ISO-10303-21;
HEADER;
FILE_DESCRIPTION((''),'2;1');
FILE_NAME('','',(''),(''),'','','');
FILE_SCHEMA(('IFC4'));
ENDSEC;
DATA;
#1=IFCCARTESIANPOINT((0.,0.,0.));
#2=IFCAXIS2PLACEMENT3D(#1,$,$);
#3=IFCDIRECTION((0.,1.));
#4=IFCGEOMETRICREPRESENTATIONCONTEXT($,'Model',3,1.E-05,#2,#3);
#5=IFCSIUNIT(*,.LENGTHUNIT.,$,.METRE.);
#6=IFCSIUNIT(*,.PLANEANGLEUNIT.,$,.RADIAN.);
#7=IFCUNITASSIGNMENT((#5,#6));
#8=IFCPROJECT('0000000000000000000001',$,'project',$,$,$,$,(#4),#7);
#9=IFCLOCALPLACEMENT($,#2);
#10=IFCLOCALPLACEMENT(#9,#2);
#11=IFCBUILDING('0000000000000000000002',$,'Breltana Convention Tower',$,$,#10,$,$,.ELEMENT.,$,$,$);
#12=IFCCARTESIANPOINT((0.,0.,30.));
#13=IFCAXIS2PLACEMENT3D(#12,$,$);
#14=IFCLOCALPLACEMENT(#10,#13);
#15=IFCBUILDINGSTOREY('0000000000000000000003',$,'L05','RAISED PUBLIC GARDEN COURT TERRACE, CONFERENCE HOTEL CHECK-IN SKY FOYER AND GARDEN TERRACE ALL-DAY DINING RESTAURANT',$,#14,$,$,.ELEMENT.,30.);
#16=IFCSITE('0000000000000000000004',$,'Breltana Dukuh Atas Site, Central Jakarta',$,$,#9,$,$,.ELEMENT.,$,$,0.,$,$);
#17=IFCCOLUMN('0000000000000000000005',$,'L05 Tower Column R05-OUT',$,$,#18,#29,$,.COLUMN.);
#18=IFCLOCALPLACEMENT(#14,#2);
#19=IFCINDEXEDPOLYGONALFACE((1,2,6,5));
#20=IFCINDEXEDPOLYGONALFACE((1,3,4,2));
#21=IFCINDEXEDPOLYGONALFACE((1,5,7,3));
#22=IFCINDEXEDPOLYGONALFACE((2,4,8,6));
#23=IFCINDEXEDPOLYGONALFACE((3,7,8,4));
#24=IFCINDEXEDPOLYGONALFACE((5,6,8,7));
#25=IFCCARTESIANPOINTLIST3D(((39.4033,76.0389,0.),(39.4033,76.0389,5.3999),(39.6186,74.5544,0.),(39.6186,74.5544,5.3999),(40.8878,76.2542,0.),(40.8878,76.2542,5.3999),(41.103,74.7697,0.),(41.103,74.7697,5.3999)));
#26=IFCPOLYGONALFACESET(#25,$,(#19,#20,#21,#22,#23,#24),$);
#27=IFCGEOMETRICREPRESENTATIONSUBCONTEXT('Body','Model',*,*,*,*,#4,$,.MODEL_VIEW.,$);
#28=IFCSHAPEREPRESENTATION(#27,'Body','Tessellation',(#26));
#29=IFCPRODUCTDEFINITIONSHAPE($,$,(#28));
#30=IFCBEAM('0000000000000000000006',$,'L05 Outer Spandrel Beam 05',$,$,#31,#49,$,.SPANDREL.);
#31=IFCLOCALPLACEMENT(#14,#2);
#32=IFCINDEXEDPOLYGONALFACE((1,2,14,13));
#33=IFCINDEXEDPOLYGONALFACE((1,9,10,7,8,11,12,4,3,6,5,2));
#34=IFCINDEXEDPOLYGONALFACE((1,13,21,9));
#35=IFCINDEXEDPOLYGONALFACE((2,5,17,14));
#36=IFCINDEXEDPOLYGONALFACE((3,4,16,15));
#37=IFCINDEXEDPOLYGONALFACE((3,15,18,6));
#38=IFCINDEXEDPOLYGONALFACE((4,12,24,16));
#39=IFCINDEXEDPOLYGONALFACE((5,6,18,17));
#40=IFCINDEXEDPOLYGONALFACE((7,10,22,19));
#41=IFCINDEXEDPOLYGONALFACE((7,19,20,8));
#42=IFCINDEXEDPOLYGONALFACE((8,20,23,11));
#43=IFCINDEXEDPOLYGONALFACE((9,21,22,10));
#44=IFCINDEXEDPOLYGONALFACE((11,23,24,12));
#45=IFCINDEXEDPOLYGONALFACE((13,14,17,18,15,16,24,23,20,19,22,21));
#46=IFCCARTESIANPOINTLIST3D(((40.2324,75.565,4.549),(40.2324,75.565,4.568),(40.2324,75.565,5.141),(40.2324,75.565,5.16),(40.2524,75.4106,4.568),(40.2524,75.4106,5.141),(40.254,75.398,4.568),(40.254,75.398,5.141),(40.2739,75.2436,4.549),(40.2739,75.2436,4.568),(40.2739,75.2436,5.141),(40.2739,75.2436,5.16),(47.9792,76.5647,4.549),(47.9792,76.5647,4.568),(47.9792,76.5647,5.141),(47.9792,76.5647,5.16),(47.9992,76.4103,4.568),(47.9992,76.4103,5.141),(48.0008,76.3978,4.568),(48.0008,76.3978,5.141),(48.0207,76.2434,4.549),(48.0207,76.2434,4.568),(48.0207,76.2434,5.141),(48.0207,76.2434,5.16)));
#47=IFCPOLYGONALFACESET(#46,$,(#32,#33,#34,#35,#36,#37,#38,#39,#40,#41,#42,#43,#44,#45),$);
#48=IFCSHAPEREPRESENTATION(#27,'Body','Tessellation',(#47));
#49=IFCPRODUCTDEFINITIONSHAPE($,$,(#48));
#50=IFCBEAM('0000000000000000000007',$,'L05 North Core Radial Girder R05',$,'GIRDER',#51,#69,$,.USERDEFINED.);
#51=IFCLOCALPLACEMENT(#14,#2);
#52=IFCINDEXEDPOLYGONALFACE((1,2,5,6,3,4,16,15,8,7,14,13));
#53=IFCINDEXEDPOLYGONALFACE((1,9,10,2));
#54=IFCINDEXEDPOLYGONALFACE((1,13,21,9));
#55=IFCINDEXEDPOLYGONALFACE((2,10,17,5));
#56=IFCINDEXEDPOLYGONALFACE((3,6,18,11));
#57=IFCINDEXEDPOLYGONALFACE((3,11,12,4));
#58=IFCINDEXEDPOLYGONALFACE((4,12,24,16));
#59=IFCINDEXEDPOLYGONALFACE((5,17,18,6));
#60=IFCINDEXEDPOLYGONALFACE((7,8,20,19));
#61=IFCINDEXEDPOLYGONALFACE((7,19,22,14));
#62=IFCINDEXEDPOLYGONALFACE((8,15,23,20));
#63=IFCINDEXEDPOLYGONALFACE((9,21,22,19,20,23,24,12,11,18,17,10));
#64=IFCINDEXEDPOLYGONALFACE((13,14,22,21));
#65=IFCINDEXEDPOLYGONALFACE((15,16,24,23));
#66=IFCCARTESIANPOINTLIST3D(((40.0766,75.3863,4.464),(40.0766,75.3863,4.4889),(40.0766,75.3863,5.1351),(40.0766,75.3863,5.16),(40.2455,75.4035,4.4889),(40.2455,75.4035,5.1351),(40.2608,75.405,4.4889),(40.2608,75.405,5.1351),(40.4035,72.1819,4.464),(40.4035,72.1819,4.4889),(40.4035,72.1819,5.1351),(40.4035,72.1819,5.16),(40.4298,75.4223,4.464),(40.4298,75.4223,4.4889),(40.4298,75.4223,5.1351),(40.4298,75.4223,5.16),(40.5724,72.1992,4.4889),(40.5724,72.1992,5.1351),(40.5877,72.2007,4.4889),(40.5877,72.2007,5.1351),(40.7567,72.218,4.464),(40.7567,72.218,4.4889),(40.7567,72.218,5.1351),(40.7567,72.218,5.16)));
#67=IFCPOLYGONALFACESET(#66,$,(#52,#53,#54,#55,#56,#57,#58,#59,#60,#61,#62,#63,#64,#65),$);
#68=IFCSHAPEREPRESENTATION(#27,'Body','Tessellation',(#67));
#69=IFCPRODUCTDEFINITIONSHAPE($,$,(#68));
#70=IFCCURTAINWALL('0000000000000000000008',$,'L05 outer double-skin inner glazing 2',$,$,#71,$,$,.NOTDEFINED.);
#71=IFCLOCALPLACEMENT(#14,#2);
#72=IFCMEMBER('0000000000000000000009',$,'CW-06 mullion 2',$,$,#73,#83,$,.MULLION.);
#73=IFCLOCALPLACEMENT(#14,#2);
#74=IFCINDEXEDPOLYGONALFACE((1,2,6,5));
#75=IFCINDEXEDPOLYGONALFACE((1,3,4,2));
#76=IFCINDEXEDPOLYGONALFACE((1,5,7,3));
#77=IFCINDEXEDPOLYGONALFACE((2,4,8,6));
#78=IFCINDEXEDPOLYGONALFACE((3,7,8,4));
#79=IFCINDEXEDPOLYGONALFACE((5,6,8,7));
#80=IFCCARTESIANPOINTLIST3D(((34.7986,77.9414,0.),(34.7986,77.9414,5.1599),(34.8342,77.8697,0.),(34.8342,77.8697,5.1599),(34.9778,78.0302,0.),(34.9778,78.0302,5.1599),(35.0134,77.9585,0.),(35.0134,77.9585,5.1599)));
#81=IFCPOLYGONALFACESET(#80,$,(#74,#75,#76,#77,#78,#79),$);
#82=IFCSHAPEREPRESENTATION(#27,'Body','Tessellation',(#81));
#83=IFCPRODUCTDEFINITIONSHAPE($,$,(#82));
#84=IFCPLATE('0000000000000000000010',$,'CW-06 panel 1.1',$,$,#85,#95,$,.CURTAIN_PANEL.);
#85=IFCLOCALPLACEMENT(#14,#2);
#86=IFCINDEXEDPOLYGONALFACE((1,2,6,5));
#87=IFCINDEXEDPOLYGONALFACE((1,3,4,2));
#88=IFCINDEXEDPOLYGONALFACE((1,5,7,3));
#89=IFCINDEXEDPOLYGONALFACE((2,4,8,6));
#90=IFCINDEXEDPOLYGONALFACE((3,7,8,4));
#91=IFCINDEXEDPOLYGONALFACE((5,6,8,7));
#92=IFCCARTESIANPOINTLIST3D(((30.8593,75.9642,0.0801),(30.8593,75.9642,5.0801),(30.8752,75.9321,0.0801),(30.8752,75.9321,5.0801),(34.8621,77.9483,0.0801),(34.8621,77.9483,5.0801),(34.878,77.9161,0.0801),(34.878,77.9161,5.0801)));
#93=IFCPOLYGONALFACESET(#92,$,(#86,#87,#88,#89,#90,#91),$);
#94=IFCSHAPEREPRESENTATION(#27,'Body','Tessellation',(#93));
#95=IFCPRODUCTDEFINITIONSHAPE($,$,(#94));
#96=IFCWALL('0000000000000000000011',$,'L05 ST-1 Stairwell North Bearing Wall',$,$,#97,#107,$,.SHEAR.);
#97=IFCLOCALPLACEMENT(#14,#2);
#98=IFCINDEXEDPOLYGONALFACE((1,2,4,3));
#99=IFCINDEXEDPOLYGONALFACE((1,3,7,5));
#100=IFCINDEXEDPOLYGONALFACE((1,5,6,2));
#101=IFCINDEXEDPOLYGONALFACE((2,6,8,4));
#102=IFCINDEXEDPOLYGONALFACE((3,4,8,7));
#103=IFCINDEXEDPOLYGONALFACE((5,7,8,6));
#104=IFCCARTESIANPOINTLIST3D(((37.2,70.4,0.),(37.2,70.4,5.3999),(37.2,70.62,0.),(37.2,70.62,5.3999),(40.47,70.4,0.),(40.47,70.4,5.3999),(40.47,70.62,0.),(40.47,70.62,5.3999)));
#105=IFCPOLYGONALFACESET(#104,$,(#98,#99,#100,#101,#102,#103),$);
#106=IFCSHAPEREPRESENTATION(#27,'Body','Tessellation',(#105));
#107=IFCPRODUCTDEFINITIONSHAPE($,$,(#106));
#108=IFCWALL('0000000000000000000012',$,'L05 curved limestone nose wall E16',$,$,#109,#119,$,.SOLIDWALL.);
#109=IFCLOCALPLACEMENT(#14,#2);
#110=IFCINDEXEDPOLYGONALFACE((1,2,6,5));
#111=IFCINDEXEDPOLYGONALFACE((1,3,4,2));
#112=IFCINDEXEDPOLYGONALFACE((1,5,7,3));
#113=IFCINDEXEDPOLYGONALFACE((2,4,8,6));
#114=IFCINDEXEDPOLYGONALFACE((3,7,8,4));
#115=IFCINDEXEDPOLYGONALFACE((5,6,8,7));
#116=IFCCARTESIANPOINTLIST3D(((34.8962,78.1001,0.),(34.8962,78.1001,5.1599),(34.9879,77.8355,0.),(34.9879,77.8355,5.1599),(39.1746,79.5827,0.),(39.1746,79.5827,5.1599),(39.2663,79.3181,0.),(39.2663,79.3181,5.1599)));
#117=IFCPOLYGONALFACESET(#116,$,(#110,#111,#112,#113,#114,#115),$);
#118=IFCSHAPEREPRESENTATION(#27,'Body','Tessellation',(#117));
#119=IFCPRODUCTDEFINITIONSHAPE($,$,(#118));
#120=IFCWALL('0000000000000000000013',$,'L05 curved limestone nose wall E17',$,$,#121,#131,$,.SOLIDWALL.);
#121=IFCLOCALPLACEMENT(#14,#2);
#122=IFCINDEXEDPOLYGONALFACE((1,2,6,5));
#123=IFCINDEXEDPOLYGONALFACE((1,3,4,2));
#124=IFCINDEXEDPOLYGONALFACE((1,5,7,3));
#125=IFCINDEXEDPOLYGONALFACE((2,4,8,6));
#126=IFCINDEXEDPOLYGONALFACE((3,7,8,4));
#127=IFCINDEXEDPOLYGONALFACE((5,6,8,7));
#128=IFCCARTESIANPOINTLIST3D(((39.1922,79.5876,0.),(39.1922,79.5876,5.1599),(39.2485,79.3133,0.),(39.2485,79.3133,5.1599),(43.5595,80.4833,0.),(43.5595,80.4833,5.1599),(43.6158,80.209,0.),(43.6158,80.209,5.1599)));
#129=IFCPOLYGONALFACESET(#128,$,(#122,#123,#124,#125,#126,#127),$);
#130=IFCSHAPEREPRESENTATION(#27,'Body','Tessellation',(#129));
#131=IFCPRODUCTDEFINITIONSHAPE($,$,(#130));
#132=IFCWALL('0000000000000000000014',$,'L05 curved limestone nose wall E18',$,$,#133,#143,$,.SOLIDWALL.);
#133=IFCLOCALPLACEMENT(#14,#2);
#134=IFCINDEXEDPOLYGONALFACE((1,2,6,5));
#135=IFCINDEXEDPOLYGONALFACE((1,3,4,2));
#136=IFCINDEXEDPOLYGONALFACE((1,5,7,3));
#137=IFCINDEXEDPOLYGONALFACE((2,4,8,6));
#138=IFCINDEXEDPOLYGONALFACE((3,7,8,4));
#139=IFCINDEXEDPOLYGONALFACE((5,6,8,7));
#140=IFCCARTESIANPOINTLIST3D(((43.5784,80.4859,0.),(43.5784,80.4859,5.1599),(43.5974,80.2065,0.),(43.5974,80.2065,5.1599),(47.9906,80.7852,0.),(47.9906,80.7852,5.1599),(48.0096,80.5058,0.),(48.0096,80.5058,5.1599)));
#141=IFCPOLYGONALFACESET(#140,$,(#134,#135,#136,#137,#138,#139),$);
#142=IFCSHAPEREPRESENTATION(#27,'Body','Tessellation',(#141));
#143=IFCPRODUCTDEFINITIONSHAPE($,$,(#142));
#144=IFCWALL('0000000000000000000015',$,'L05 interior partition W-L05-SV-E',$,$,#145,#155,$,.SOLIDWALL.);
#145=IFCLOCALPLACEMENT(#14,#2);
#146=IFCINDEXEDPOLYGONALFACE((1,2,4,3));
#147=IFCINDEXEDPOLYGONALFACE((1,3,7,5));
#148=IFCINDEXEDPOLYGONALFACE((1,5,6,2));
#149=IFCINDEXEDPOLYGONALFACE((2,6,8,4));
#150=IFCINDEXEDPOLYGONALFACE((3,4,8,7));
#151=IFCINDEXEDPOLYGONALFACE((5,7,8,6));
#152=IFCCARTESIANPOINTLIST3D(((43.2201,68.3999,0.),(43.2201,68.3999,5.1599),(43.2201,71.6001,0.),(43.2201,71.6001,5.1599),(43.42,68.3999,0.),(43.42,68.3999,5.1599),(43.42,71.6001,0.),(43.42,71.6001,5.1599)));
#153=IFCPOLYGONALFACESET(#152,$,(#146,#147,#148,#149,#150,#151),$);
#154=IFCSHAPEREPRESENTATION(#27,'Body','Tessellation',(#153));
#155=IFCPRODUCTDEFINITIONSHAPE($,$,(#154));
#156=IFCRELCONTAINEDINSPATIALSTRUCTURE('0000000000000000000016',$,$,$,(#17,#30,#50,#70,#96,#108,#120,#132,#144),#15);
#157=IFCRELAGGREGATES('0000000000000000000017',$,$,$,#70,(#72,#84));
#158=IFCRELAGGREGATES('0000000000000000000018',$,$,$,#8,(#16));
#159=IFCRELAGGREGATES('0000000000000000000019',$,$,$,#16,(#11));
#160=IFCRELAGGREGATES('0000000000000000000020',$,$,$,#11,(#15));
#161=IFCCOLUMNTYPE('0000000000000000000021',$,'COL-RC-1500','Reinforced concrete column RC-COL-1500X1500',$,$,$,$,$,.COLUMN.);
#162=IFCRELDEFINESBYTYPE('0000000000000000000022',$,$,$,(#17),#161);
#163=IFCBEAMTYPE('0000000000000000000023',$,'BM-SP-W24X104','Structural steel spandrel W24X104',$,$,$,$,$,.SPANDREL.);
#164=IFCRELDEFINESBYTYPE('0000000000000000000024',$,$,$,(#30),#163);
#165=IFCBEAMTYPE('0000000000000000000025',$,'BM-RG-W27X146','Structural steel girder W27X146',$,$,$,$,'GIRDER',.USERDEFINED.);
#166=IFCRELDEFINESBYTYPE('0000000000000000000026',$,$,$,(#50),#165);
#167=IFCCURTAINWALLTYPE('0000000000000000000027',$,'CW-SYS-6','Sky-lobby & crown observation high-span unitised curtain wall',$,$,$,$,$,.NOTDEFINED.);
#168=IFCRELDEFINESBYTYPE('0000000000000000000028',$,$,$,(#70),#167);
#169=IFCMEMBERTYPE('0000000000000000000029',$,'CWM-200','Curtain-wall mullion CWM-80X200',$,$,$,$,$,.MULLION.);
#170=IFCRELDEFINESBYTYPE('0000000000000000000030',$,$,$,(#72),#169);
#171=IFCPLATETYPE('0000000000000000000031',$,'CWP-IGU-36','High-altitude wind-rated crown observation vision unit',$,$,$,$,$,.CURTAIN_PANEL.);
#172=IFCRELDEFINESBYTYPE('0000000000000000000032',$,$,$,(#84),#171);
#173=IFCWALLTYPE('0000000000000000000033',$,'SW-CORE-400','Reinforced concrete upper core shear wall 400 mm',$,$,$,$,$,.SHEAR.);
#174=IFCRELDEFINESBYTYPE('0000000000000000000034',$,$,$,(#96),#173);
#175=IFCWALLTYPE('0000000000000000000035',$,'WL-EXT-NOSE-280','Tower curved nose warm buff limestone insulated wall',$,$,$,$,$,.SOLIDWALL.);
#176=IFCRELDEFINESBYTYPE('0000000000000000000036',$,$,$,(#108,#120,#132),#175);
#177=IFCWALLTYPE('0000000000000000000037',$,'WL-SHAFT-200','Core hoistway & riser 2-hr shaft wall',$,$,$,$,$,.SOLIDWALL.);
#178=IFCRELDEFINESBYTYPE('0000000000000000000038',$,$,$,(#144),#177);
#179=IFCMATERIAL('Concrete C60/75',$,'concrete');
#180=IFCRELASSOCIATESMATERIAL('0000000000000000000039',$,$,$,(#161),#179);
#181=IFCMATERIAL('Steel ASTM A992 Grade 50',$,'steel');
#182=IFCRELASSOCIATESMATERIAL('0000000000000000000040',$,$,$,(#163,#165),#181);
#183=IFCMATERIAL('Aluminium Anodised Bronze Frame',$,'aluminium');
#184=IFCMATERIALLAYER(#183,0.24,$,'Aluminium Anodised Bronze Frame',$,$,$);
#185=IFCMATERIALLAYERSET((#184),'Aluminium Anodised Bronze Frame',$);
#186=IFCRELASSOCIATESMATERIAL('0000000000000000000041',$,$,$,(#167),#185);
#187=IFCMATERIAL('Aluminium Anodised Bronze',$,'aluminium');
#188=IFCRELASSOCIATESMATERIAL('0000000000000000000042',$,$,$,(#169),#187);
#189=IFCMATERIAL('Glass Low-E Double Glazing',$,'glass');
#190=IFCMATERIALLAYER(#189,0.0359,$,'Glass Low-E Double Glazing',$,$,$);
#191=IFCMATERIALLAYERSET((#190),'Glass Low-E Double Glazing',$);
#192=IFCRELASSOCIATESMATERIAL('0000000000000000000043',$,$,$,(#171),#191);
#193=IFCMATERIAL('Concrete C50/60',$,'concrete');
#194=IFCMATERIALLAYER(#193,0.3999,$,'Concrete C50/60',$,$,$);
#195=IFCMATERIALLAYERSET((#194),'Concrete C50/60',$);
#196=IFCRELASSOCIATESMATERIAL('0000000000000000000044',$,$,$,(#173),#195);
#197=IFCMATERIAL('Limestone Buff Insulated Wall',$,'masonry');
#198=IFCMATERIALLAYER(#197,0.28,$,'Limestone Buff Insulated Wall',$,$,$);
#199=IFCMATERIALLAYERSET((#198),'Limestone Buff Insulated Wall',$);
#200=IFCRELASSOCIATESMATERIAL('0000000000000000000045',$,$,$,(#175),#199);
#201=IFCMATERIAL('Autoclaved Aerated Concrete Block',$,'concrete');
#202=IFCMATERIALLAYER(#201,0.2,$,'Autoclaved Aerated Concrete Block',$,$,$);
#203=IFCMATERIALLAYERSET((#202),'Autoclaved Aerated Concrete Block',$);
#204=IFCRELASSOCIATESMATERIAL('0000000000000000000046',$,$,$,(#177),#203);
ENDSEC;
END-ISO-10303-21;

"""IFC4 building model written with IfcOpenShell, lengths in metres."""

from ifc_helpers import new_model, si_unit, direction, frame, frame_2d, origin, origin_2d, place, context, subcontext, project, spatial, rectangle, i_section, extrude, source, transform, mapped, material, layer, layer_set, material_profile, profile_set, type_object, type_shapes, element, aggregate, save


model = new_model("IFC4")

# Units and contexts
model_context = context("Model", 3, precision=1e-05, world=origin(), true_north=direction((0.0, 1.0)))
body_context = subcontext(model_context, "Body", "Model", "MODEL_VIEW")
ifc_project = project(units=[si_unit("LENGTHUNIT", "METRE"), si_unit("PLANEANGLEUNIT", "RADIAN")], contexts=[model_context])

# Site, building, storey
site_placement = place(None, origin())
site = spatial("IfcSite", under=ifc_project, at=site_placement, Name="Breltana Dukuh Atas Site, Central Jakarta", CompositionType="ELEMENT", RefElevation=0.0)
building_placement = place(site_placement, origin())
building = spatial("IfcBuilding", under=site, at=building_placement, Name="Breltana Convention Tower", CompositionType="ELEMENT")
storey_placement = place(building_placement, frame((0.0, 0.0, 30.0)))
storey = spatial("IfcBuildingStorey", under=building, at=storey_placement, Name="L05", Description="RAISED PUBLIC GARDEN COURT TERRACE, CONFERENCE HOTEL CHECK-IN SKY FOYER AND GARDEN TERRACE ALL-DAY DINING RESTAURANT", CompositionType="ELEMENT", Elevation=30.0)

# Column
ifc_material_1 = material(Name="Concrete C60/75", Category="concrete")
ifc_material_profile_1 = material_profile(ifc_material_1, rectangle(XDim=1.5, YDim=1.5, at=origin_2d()), Name="RC-COL-1500X1500")
ifc_profile_set_1 = profile_set([ifc_material_profile_1], Name="Concrete C60/75")
column_type = type_object("IfcColumnType", Name="COL-RC-1500", Description="Reinforced concrete column RC-COL-1500X1500", PredefinedType="COLUMN", material=ifc_profile_set_1)
shared_shape_1 = source(origin(), body_context, "Body", "SweptSolid", [
    extrude(rectangle(XDim=1.5, YDim=1.5, at=origin_2d()), origin(), (0.0, 0.0, 1.0), 5.3999),
])
type_shapes(column_type, [shared_shape_1])
column_placement = place(storey_placement, frame((40.2532, 75.4043, 0.0), z_axis=(0.0, 0.0, 1.0), x_axis=(-0.143493, 0.989651, 0.0)))
element("IfcColumn", 1, at=column_placement, inside=storey, type_object=column_type, Name="L05 Tower Column R05-OUT", PredefinedType="COLUMN", context=body_context, shape_type="MappedRepresentation", body=[
    mapped(shared_shape_1, transform((0.0, 0.0, 0.0), scale=1.0)),
])

# Beams
ifc_material_2 = material(Name="Steel ASTM A992 Grade 50", Category="steel")
ifc_material_profile_2 = material_profile(ifc_material_2, i_section(OverallWidth=0.324, OverallDepth=0.6111, WebThickness=0.0127, FlangeThickness=0.019, at=origin_2d()), Name="W24X104")
ifc_profile_set_2 = profile_set([ifc_material_profile_2], Name="Steel ASTM A992 Grade 50")
beam_type_1 = type_object("IfcBeamType", Name="BM-SP-W24X104", Description="Structural steel spandrel W24X104", PredefinedType="SPANDREL", material=ifc_profile_set_2)
shared_shape_2 = source(origin(), body_context, "Body", "SweptSolid", [
    extrude(i_section(OverallWidth=0.324, OverallDepth=0.6111, WebThickness=0.0127, FlangeThickness=0.019, at=origin_2d()), origin(), (0.0, 0.0, 1.0), 7.811),
])
beam_1_placement = place(storey_placement, frame((40.2532, 75.4043, 4.8545), z_axis=(0.991775, 0.127992, 0.0), x_axis=(-0.127992, 0.991775, 0.0)))
element("IfcBeam", 2, at=beam_1_placement, inside=storey, type_object=beam_type_1, Name="L05 Outer Spandrel Beam 05", PredefinedType="SPANDREL", context=body_context, shape_type="MappedRepresentation", body=[
    mapped(shared_shape_2, transform((0.0, 0.0, 0.0), scale=1.0)),
])
ifc_material_profile_3 = material_profile(ifc_material_2, i_section(OverallWidth=0.355, OverallDepth=0.696, WebThickness=0.0154, FlangeThickness=0.0249, at=origin_2d()), Name="W27X146")
ifc_profile_set_3 = profile_set([ifc_material_profile_3], Name="Steel ASTM A992 Grade 50")
beam_type_2 = type_object("IfcBeamType", Name="BM-RG-W27X146", Description="Structural steel girder W27X146", ElementType="GIRDER", PredefinedType="USERDEFINED", material=ifc_profile_set_3)
shared_shape_3 = source(origin(), body_context, "Body", "SweptSolid", [
    extrude(i_section(OverallWidth=0.355, OverallDepth=0.696, WebThickness=0.0154, FlangeThickness=0.0249, at=origin_2d()), origin(), (0.0, 0.0, 1.0), 3.2209),
])
beam_2_placement = place(storey_placement, frame((40.5801, 72.2, 4.812), z_axis=(-0.101492, 0.994836, 0.0), x_axis=(-0.994836, -0.101492, 0.0)))
element("IfcBeam", 3, at=beam_2_placement, inside=storey, type_object=beam_type_2, Name="L05 North Core Radial Girder R05", ObjectType="GIRDER", PredefinedType="USERDEFINED", context=body_context, shape_type="MappedRepresentation", body=[
    mapped(shared_shape_3, transform((0.0, 0.0, 0.0), scale=1.0)),
])

# Curtain wall, member, plate
ifc_material_3 = material(Name="Aluminium Anodised Bronze Frame", Category="aluminium")
ifc_layer_1 = layer(ifc_material_3, 0.24, Name="Aluminium Anodised Bronze Frame")
ifc_layer_set_1 = layer_set([ifc_layer_1], Name="Aluminium Anodised Bronze Frame")
curtain_wall_type = type_object("IfcCurtainWallType", Name="CW-SYS-6", Description="Sky-lobby & crown observation high-span unitised curtain wall", PredefinedType="NOTDEFINED", material=ifc_layer_set_1)
curtain_wall_placement = place(storey_placement, origin())
curtain_wall = element("IfcCurtainWall", 4, at=curtain_wall_placement, inside=storey, type_object=curtain_wall_type, Name="L05 outer double-skin inner glazing 2", PredefinedType="NOTDEFINED")
ifc_material_4 = material(Name="Aluminium Anodised Bronze", Category="aluminium")
ifc_material_profile_4 = material_profile(ifc_material_4, rectangle(XDim=0.0801, YDim=0.2, at=origin_2d()), Name="CWM-80X200")
ifc_profile_set_4 = profile_set([ifc_material_profile_4], Name="Aluminium Anodised Bronze")
member_type = type_object("IfcMemberType", Name="CWM-200", Description="Curtain-wall mullion CWM-80X200", PredefinedType="MULLION", material=ifc_profile_set_4)
shared_shape_4 = source(origin(), body_context, "Body", "SweptSolid", [
    extrude(rectangle(XDim=0.0801, YDim=0.2, at=origin_2d()), origin(), (0.0, 0.0, 1.0), 5.1599),
])
type_shapes(member_type, [shared_shape_4])
member_placement = place(storey_placement, frame((34.906, 77.95, 0.0), z_axis=(0.0, 0.0, 1.0), x_axis=(-0.444108, 0.895973, 0.0)))
member = element("IfcMember", 5, at=member_placement, type_object=member_type, Name="CW-06 mullion 2", PredefinedType="MULLION", context=body_context, shape_type="MappedRepresentation", body=[
    mapped(shared_shape_4, transform((0.0, 0.0, 0.0), scale=1.0)),
])
ifc_material_5 = material(Name="Glass Low-E Double Glazing", Category="glass")
ifc_layer_2 = layer(ifc_material_5, 0.0359, Name="Glass Low-E Double Glazing")
ifc_layer_set_2 = layer_set([ifc_layer_2], Name="Glass Low-E Double Glazing")
plate_type = type_object("IfcPlateType", Name="CWP-IGU-36", Description="High-altitude wind-rated crown observation vision unit", PredefinedType="CURTAIN_PANEL", material=ifc_layer_set_2)
shared_shape_5 = source(origin(), body_context, "Body", "SweptSolid", [
    extrude(rectangle(XDim=4.4675, YDim=0.0359, at=origin_2d()), origin(), (0.0, 0.0, 1.0), 5.0),
])
plate_placement = place(storey_placement, frame((32.8687, 76.9402, 0.0801), z_axis=(0.0, 0.0, 1.0), x_axis=(0.895973, 0.444108, 0.0)))
plate = element("IfcPlate", 6, at=plate_placement, type_object=plate_type, Name="CW-06 panel 1.1", PredefinedType="CURTAIN_PANEL", context=body_context, shape_type="MappedRepresentation", body=[
    mapped(shared_shape_5, transform((0.0, 0.0, 0.0), scale=1.0)),
])
aggregate(curtain_wall, [member, plate])

# Walls
ifc_material_6 = material(Name="Concrete C50/60", Category="concrete")
ifc_layer_3 = layer(ifc_material_6, 0.3999, Name="Concrete C50/60")
ifc_layer_set_3 = layer_set([ifc_layer_3], Name="Concrete C50/60")
wall_type_1 = type_object("IfcWallType", Name="SW-CORE-400", Description="Reinforced concrete upper core shear wall 400 mm", PredefinedType="SHEAR", material=ifc_layer_set_3)
shared_shape_6 = source(origin(), body_context, "Body", "SweptSolid", [
    extrude(rectangle(XDim=3.27, YDim=0.22, at=frame_2d((1.635, 0.0))), origin(), (0.0, 0.0, 1.0), 5.3999),
])
wall_1_placement = place(storey_placement, frame((37.2, 70.51, 0.0), z_axis=(0.0, 0.0, 1.0), x_axis=(1.0, 0.0, 0.0)))
element("IfcWall", 7, at=wall_1_placement, inside=storey, type_object=wall_type_1, Name="L05 ST-1 Stairwell North Bearing Wall", PredefinedType="SHEAR", context=body_context, shape_type="MappedRepresentation", body=[
    mapped(shared_shape_6, transform((0.0, 0.0, 0.0), scale=1.0)),
])
ifc_material_7 = material(Name="Limestone Buff Insulated Wall", Category="masonry")
ifc_layer_4 = layer(ifc_material_7, 0.28, Name="Limestone Buff Insulated Wall")
ifc_layer_set_4 = layer_set([ifc_layer_4], Name="Limestone Buff Insulated Wall")
wall_type_2 = type_object("IfcWallType", Name="WL-EXT-NOSE-280", Description="Tower curved nose warm buff limestone insulated wall", PredefinedType="SOLIDWALL", material=ifc_layer_set_4)
shared_shape_7 = source(origin(), body_context, "Body", "SweptSolid", [
    extrude(rectangle(XDim=4.5281, YDim=0.28, at=frame_2d((2.2642, 0.0))), origin(), (0.0, 0.0, 1.0), 5.1599),
])
wall_2_placement = place(storey_placement, frame((34.9419, 77.9678, 0.0), z_axis=(0.0, 0.0, 1.0), x_axis=(0.944875, 0.327431, 0.0)))
element("IfcWall", 8, at=wall_2_placement, inside=storey, type_object=wall_type_2, Name="L05 curved limestone nose wall E16", PredefinedType="SOLIDWALL", context=body_context, shape_type="MappedRepresentation", body=[
    mapped(shared_shape_7, transform((0.0, 0.0, 0.0), scale=1.0)),
])
shared_shape_8 = source(origin(), body_context, "Body", "SweptSolid", [
    extrude(rectangle(XDim=4.4583, YDim=0.28, at=frame_2d((2.229, 0.0))), origin(), (0.0, 0.0, 1.0), 5.1599),
])
wall_3_placement = place(storey_placement, frame((39.2205, 79.4504, 0.0), z_axis=(0.0, 0.0, 1.0), x_axis=(0.979609, 0.200916, 0.0)))
element("IfcWall", 9, at=wall_3_placement, inside=storey, type_object=wall_type_2, Name="L05 curved limestone nose wall E17", PredefinedType="SOLIDWALL", context=body_context, shape_type="MappedRepresentation", body=[
    mapped(shared_shape_8, transform((0.0, 0.0, 0.0), scale=1.0)),
])
shared_shape_9 = source(origin(), body_context, "Body", "SweptSolid", [
    extrude(rectangle(XDim=4.4224, YDim=0.28, at=frame_2d((2.2112, 0.0))), origin(), (0.0, 0.0, 1.0), 5.1599),
])
wall_4_placement = place(storey_placement, frame((43.5879, 80.3462, 0.0), z_axis=(0.0, 0.0, 1.0), x_axis=(0.997707, 0.067684, 0.0)))
element("IfcWall", 10, at=wall_4_placement, inside=storey, type_object=wall_type_2, Name="L05 curved limestone nose wall E18", PredefinedType="SOLIDWALL", context=body_context, shape_type="MappedRepresentation", body=[
    mapped(shared_shape_9, transform((0.0, 0.0, 0.0), scale=1.0)),
])
ifc_material_8 = material(Name="Autoclaved Aerated Concrete Block", Category="concrete")
ifc_layer_5 = layer(ifc_material_8, 0.2, Name="Autoclaved Aerated Concrete Block")
ifc_layer_set_5 = layer_set([ifc_layer_5], Name="Autoclaved Aerated Concrete Block")
wall_type_3 = type_object("IfcWallType", Name="WL-SHAFT-200", Description="Core hoistway & riser 2-hr shaft wall", PredefinedType="SOLIDWALL", material=ifc_layer_set_5)
shared_shape_10 = source(origin(), body_context, "Body", "SweptSolid", [
    extrude(rectangle(XDim=3.2002, YDim=0.2, at=frame_2d((1.6001, 0.0))), origin(), (0.0, 0.0, 1.0), 5.1599),
])
wall_5_placement = place(storey_placement, frame((43.3201, 68.3999, 0.0), z_axis=(0.0, 0.0, 1.0), x_axis=(0.0, 1.0, 0.0)))
element("IfcWall", 11, at=wall_5_placement, inside=storey, type_object=wall_type_3, Name="L05 interior partition W-L05-SV-E", PredefinedType="SOLIDWALL", context=body_context, shape_type="MappedRepresentation", body=[
    mapped(shared_shape_10, transform((0.0, 0.0, 0.0), scale=1.0)),
])

save(model, "model.ifc")
